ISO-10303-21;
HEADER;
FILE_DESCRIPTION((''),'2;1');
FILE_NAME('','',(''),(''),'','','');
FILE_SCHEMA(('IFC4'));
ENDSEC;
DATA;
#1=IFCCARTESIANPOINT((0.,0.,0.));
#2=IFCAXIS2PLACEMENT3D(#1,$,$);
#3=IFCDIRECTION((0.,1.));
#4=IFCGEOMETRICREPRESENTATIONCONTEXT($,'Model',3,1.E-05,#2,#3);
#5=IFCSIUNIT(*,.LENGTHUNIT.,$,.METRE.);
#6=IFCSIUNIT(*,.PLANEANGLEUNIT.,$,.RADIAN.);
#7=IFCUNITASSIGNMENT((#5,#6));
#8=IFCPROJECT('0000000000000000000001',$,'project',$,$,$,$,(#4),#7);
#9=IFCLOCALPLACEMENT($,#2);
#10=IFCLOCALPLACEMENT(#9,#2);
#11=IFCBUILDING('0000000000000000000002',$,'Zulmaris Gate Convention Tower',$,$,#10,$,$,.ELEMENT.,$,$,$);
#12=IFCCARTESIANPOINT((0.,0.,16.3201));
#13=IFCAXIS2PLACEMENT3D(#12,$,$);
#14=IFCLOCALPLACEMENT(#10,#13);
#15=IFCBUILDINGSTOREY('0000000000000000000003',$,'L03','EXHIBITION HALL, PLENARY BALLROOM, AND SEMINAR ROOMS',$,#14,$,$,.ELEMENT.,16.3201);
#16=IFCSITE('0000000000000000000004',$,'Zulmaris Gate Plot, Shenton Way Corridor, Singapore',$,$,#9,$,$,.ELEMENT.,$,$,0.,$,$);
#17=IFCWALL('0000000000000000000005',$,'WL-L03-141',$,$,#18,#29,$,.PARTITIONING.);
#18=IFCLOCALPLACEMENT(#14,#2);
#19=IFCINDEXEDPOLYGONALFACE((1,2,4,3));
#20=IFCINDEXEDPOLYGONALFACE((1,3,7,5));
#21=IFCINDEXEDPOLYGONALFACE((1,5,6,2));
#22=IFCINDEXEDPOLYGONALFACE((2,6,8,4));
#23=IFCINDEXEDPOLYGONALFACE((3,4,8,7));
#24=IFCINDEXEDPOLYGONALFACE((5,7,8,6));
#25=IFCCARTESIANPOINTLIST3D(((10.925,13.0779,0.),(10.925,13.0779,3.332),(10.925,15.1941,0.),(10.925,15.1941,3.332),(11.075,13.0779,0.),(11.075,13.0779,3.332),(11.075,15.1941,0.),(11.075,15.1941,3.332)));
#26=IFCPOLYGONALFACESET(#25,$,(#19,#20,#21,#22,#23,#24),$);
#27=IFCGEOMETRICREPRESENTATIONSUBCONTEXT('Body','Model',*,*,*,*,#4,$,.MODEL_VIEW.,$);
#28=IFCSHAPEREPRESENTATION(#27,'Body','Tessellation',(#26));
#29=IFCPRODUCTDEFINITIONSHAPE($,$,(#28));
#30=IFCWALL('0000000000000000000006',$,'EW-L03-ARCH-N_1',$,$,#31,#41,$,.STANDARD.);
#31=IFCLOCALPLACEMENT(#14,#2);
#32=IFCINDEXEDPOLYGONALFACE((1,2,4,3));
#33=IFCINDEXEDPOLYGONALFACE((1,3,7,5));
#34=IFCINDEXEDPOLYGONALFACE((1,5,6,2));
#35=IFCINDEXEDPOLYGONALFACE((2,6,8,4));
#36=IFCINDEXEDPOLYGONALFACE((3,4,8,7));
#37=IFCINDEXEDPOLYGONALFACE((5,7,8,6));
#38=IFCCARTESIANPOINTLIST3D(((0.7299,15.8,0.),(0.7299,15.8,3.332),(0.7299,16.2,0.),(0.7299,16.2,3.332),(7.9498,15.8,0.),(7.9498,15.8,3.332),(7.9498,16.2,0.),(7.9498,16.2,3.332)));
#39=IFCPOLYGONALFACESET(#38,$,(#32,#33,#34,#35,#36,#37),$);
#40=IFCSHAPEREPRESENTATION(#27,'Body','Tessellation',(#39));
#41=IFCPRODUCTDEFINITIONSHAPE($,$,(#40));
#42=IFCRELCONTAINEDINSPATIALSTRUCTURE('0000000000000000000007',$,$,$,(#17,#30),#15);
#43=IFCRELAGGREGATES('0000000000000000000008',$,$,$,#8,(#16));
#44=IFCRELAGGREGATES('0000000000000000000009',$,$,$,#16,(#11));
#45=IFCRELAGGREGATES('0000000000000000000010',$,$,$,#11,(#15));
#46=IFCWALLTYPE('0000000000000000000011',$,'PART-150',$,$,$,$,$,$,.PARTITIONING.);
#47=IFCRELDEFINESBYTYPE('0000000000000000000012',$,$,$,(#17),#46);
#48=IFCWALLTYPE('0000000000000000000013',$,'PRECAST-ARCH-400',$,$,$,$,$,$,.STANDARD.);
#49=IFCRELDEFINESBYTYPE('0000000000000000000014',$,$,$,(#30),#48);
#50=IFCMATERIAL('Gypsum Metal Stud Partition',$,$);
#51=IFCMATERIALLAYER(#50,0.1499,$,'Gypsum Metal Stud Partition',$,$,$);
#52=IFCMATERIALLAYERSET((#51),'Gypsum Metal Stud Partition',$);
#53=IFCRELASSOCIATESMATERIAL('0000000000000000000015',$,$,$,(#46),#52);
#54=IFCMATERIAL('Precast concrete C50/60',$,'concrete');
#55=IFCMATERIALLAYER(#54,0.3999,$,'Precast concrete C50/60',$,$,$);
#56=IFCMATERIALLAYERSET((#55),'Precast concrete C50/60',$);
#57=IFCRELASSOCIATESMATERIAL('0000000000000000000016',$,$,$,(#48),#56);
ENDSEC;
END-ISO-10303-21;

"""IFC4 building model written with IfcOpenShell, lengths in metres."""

from ifc_helpers import new_model, si_unit, direction, frame, frame_2d, origin, place, context, subcontext, project, spatial, rectangle, extrude, material, layer, layer_set, type_object, element, save


model = new_model("IFC4")

# Units and contexts
model_context = context("Model", 3, precision=1e-05, world=origin(), true_north=direction((0.0, 1.0)))
body_context = subcontext(model_context, "Body", "Model", "MODEL_VIEW")
ifc_project = project(units=[si_unit("LENGTHUNIT", "METRE"), si_unit("PLANEANGLEUNIT", "RADIAN")], contexts=[model_context])

# Site, building, storey
site_placement = place(None, origin())
site = spatial("IfcSite", under=ifc_project, at=site_placement, Name="Zulmaris Gate Plot, Shenton Way Corridor, Singapore", CompositionType="ELEMENT", RefElevation=0.0)
building_placement = place(site_placement, origin())
building = spatial("IfcBuilding", under=site, at=building_placement, Name="Zulmaris Gate Convention Tower", CompositionType="ELEMENT")
storey_placement = place(building_placement, frame((0.0, 0.0, 16.3201)))
storey = spatial("IfcBuildingStorey", under=building, at=storey_placement, Name="L03", Description="EXHIBITION HALL, PLENARY BALLROOM, AND SEMINAR ROOMS", CompositionType="ELEMENT", Elevation=16.3201)

# Shared definitions
ifc_material_1 = material(Name="Gypsum Metal Stud Partition")
ifc_layer_1 = layer(ifc_material_1, 0.1499, Name="Gypsum Metal Stud Partition")
ifc_layer_set_1 = layer_set([ifc_layer_1], Name="Gypsum Metal Stud Partition")
wall_type_1 = type_object("IfcWallType", Name="PART-150", PredefinedType="PARTITIONING", material=ifc_layer_set_1)

# Walls
wall_1_placement = place(storey_placement, frame((11.0, 13.0779, 0.0), z_axis=(0.0, 0.0, 1.0), x_axis=(0.0, 1.0, 0.0)))
element("IfcWall", 1, at=wall_1_placement, inside=storey, type_object=wall_type_1, Name="WL-L03-141", PredefinedType="PARTITIONING", context=body_context, shape_type="SweptSolid", body=[
    extrude(rectangle(XDim=2.1162, YDim=0.1499, at=frame_2d((1.0581, 0.0))), origin(), (0.0, 0.0, 1.0), 3.332),
])
ifc_material_2 = material(Name="Precast concrete C50/60", Category="concrete")
ifc_layer_2 = layer(ifc_material_2, 0.3999, Name="Precast concrete C50/60")
ifc_layer_set_2 = layer_set([ifc_layer_2], Name="Precast concrete C50/60")
wall_type_2 = type_object("IfcWallType", Name="PRECAST-ARCH-400", PredefinedType="STANDARD", material=ifc_layer_set_2)
wall_2_placement = place(storey_placement, frame((0.73, 16.0, 0.0), z_axis=(0.0, 0.0, 1.0), x_axis=(1.0, 0.0, 0.0)))
element("IfcWall", 2, at=wall_2_placement, inside=storey, type_object=wall_type_2, Name="EW-L03-ARCH-N_1", PredefinedType="STANDARD", context=body_context, shape_type="SweptSolid", body=[
    extrude(rectangle(XDim=7.22, YDim=0.3999, at=frame_2d((3.6099, 0.0))), origin(), (0.0, 0.0, 1.0), 3.332),
])

save(model, "model.ifc")
